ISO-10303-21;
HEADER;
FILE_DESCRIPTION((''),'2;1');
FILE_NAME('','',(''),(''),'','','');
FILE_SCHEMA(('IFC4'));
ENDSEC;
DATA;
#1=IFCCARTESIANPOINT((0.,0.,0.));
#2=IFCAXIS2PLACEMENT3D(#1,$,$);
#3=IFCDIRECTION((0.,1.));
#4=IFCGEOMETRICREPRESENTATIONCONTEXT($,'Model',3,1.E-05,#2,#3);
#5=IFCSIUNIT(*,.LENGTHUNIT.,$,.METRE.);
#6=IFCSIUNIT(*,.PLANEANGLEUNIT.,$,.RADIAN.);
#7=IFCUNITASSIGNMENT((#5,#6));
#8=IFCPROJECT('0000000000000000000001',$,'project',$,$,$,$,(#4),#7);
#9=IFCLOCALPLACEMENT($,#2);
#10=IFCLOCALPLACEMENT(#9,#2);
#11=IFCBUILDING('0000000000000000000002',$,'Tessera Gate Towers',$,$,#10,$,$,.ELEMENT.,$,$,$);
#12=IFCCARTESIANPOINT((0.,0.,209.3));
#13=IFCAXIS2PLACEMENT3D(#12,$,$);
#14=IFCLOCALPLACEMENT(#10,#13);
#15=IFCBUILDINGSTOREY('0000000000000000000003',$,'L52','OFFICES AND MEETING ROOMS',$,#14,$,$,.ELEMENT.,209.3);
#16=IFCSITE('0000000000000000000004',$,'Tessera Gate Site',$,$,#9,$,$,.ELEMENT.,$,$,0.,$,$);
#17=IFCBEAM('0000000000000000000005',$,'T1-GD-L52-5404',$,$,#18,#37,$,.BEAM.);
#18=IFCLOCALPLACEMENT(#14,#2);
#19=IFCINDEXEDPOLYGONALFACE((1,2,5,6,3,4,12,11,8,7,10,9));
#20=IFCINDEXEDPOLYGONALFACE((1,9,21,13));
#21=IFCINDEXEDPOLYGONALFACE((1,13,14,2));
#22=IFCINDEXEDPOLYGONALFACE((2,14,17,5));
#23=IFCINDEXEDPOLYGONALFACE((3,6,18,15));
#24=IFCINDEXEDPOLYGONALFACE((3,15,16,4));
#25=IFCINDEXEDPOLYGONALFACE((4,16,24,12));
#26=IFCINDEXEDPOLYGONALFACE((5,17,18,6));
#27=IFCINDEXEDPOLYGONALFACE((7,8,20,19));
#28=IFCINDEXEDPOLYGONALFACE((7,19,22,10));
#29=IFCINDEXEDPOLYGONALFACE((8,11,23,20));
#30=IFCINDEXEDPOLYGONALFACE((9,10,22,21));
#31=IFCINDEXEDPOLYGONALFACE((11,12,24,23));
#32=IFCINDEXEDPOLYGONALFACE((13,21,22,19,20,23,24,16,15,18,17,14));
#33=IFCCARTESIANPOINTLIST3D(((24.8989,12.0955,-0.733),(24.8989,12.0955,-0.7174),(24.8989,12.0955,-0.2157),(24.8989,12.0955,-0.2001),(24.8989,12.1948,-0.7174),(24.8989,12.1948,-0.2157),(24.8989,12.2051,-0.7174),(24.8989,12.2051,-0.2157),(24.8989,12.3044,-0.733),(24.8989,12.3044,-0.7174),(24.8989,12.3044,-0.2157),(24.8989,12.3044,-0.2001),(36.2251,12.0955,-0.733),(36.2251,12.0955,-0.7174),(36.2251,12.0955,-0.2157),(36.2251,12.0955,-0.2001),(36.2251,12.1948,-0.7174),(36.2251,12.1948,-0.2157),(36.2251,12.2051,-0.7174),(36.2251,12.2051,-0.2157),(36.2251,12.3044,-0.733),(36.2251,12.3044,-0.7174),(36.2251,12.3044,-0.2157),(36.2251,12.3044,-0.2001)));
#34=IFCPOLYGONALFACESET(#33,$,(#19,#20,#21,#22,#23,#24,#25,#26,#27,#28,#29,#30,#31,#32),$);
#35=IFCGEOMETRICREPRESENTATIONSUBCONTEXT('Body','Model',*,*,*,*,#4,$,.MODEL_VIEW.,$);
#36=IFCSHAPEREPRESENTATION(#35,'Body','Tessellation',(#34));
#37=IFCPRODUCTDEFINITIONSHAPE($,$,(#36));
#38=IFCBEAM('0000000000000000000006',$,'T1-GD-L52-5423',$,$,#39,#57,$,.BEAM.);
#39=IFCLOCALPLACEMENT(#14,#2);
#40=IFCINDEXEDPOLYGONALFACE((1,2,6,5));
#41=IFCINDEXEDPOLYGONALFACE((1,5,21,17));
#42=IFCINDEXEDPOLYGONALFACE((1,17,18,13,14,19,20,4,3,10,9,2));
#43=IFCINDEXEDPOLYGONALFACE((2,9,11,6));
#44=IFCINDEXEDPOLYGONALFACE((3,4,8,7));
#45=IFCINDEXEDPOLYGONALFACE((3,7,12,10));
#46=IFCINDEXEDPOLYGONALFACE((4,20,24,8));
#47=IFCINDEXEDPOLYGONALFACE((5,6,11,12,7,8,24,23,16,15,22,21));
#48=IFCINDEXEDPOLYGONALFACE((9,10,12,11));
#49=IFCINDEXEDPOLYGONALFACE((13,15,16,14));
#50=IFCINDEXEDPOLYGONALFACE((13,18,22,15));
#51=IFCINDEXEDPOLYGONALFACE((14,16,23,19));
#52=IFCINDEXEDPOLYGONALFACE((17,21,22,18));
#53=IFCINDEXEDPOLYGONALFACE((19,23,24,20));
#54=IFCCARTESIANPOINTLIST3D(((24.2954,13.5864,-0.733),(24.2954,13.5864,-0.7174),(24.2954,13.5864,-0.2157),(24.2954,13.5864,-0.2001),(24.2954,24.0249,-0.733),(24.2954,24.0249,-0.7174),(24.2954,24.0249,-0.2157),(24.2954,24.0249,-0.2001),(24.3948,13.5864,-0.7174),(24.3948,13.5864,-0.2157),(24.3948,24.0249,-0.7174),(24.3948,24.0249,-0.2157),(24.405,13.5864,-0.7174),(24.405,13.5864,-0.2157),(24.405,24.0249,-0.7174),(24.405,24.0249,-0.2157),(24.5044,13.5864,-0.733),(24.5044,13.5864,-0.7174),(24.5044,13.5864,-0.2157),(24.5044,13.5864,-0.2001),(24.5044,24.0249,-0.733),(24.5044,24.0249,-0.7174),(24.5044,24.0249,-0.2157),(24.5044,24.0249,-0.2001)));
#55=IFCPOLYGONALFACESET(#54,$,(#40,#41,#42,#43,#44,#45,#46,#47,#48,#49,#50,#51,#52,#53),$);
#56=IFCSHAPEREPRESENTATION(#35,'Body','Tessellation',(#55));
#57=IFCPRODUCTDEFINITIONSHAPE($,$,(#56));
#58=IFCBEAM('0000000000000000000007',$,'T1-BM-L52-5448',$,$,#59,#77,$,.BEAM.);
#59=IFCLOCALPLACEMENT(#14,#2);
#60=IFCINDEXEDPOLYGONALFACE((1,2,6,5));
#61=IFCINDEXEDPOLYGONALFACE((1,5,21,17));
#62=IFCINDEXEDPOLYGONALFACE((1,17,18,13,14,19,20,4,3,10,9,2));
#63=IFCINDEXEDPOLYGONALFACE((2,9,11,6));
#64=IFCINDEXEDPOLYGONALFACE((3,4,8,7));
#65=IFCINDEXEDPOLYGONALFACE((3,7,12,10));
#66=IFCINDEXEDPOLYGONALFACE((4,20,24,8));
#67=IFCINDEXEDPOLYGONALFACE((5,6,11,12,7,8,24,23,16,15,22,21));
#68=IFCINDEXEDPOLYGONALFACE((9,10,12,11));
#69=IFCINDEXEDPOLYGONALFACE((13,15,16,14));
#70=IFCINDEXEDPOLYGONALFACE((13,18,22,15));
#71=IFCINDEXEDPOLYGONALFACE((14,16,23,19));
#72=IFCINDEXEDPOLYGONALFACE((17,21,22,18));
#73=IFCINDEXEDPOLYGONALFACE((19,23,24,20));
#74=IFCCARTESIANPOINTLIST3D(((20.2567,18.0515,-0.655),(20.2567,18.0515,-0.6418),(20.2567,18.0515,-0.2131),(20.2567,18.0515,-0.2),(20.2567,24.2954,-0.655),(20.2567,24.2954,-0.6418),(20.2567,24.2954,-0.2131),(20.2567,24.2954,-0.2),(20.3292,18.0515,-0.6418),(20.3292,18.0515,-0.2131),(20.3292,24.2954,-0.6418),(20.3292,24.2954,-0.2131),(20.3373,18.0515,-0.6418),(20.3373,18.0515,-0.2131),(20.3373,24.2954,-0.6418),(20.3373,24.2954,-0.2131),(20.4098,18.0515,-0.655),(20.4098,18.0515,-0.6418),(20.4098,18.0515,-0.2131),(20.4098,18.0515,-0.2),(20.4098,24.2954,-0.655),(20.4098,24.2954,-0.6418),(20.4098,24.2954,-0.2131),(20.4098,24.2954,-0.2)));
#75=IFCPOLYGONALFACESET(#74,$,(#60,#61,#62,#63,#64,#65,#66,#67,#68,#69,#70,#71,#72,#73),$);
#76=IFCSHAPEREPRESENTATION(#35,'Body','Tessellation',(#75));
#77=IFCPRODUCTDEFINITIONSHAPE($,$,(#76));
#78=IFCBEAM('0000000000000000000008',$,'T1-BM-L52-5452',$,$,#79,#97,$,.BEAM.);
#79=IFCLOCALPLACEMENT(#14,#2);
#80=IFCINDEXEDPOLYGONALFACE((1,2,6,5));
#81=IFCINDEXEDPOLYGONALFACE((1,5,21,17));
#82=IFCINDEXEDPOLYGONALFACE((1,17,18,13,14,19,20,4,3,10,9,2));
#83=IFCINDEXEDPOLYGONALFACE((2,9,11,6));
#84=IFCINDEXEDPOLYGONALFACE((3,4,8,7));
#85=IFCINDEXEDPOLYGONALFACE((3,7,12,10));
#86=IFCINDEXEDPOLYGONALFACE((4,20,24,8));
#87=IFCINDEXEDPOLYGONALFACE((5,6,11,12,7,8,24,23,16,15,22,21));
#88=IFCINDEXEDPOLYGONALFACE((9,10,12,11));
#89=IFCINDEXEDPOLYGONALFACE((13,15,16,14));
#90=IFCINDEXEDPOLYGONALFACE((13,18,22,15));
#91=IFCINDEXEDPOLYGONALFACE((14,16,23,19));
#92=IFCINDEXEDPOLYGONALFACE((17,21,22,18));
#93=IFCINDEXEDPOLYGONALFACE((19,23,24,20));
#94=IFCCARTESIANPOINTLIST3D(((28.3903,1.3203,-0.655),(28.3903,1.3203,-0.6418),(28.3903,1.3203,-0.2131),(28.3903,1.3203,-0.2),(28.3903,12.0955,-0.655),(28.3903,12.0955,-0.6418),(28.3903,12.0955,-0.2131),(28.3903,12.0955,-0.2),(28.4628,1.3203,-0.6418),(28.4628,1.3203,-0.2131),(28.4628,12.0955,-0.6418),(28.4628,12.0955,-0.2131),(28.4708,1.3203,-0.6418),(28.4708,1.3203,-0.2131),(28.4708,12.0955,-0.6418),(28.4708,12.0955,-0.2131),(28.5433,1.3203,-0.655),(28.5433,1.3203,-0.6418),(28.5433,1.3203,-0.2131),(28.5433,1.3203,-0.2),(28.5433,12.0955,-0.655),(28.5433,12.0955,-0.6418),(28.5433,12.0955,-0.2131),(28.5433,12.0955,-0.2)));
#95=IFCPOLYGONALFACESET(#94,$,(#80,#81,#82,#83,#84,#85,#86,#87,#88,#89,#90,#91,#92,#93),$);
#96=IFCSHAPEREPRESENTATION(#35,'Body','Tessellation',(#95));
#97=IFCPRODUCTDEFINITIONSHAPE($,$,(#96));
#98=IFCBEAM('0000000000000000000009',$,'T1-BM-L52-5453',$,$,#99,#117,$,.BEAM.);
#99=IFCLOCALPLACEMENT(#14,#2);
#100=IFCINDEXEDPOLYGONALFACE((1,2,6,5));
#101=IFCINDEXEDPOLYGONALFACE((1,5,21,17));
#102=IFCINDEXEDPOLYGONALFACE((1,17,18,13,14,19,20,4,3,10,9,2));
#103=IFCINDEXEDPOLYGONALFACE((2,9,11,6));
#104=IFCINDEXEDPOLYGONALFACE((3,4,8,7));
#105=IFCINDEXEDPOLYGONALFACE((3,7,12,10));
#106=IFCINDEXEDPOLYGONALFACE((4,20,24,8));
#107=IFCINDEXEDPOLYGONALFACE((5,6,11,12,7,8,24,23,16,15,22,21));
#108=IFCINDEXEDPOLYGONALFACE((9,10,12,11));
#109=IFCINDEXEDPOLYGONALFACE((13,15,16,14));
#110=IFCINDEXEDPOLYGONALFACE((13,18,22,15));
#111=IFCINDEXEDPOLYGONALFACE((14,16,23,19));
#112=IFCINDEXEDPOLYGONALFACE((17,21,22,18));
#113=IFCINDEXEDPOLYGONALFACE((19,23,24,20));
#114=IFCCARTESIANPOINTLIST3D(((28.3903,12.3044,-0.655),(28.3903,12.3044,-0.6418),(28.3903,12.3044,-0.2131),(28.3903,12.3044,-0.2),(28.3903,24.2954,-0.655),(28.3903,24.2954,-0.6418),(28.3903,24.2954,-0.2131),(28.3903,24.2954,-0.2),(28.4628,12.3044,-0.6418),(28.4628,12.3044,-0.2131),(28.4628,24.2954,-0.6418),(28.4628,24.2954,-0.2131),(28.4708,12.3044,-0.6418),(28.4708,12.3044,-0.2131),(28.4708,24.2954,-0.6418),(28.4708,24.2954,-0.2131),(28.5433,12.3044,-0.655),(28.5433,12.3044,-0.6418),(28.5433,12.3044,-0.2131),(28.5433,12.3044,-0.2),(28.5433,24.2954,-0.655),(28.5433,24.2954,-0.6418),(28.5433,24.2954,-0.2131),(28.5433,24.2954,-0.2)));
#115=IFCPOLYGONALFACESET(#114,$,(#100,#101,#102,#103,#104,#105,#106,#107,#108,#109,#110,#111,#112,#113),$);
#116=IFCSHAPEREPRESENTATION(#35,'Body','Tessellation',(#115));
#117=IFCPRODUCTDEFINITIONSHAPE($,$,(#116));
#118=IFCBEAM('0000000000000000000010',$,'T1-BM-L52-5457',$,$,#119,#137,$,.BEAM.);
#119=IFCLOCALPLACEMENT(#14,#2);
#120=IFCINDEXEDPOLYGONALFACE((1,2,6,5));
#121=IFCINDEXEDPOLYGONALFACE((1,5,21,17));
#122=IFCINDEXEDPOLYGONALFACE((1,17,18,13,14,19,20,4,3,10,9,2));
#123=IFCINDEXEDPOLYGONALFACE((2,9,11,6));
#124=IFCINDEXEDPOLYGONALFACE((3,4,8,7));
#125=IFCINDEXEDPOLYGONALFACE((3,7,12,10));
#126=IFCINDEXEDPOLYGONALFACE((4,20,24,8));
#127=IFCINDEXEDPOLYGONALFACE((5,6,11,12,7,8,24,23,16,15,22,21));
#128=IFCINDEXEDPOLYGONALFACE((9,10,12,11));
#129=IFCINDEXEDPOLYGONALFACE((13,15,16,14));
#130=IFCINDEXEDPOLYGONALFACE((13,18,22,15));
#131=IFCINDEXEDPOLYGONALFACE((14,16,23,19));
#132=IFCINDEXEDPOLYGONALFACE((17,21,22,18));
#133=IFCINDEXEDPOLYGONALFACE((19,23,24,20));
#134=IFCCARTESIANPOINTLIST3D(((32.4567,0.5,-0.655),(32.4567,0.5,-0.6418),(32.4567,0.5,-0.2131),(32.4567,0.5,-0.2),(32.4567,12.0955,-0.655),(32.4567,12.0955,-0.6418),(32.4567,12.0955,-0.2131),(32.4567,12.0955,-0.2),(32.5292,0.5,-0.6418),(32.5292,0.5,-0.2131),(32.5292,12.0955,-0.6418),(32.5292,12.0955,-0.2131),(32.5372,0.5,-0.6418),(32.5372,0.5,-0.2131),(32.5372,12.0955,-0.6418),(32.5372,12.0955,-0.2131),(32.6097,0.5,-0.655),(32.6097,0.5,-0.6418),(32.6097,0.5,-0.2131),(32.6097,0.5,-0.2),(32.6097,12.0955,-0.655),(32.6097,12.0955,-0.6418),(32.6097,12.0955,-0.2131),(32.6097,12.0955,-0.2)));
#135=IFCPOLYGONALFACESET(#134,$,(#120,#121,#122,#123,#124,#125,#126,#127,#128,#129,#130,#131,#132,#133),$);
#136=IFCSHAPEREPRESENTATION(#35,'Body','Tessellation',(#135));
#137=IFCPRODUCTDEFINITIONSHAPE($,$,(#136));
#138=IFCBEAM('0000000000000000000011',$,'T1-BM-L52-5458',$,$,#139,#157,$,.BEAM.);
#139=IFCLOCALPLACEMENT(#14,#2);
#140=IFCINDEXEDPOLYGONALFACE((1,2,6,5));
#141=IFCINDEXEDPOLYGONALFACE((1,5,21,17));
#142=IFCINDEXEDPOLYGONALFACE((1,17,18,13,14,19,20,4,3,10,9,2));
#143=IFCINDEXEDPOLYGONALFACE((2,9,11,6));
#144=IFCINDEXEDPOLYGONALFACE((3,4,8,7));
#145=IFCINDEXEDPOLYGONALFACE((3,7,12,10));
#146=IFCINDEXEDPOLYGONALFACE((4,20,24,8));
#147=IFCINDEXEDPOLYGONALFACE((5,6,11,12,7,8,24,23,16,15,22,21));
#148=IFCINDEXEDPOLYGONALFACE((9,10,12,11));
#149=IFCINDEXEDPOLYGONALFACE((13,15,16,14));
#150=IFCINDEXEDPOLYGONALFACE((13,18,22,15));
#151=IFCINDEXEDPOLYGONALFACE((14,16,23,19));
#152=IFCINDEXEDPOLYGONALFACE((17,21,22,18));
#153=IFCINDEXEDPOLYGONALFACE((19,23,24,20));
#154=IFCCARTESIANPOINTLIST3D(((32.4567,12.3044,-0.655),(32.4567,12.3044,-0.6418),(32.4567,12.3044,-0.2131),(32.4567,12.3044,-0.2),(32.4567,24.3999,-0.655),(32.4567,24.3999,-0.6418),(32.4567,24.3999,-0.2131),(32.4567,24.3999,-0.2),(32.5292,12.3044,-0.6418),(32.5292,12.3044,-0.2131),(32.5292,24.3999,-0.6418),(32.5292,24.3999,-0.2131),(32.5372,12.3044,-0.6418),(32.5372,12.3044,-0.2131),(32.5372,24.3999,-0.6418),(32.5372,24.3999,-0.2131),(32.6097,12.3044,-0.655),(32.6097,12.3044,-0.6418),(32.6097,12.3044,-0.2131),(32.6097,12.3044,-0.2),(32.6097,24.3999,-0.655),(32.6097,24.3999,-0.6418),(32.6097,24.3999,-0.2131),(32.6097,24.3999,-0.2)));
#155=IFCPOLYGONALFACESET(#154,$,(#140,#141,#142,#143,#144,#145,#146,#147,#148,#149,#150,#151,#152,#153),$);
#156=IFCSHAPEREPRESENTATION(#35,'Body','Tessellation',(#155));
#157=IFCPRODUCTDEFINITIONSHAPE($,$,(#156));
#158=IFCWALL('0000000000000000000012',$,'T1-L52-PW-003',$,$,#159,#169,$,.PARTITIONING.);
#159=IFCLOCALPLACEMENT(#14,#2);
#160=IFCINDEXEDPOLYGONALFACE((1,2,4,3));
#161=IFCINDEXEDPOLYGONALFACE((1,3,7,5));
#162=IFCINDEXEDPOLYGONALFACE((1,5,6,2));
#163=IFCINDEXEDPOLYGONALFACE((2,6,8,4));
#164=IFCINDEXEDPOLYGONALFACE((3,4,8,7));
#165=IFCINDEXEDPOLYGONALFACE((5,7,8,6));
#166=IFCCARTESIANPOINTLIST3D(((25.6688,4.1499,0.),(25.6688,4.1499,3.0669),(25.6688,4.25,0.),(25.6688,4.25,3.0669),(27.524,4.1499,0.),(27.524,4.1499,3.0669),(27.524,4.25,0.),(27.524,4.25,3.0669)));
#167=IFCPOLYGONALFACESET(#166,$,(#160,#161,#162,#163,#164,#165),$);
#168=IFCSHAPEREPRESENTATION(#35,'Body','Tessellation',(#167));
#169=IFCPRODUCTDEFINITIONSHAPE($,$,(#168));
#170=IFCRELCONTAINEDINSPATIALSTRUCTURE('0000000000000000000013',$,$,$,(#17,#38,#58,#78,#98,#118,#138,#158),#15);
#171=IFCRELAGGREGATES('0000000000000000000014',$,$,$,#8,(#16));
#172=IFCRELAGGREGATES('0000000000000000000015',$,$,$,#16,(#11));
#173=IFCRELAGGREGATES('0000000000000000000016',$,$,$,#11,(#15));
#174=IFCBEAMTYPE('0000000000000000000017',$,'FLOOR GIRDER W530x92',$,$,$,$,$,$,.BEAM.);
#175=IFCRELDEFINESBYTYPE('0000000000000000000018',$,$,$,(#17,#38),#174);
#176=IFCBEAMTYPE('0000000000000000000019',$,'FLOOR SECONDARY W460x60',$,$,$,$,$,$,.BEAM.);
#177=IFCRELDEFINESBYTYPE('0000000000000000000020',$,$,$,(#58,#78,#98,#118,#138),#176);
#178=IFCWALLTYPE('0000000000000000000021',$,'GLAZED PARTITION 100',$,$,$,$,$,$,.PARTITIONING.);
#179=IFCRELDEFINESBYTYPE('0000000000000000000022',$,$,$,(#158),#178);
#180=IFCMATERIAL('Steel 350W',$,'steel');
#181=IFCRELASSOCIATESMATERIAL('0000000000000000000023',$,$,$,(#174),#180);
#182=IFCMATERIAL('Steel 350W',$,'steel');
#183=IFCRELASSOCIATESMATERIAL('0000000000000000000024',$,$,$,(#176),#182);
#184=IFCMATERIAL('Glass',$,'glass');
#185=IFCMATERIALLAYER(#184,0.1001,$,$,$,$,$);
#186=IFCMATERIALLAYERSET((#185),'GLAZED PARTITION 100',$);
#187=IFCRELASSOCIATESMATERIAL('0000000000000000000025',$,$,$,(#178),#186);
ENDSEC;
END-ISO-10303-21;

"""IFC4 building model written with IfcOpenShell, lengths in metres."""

from ifc_helpers import new_model, si_unit, direction, frame, frame_2d, origin, origin_2d, place, context, subcontext, project, spatial, rectangle, i_section, extrude, material, layer, layer_set, material_profile, profile_set, type_object, element, save


model = new_model("IFC4")

# Units and contexts
model_context = context("Model", 3, precision=1e-05, world=origin(), true_north=direction((0.0, 1.0)))
body_context = subcontext(model_context, "Body", "Model", "MODEL_VIEW")
ifc_project = project(units=[si_unit("LENGTHUNIT", "METRE"), si_unit("PLANEANGLEUNIT", "RADIAN")], contexts=[model_context])

# Site, building, storey
site_placement = place(None, origin())
site = spatial("IfcSite", under=ifc_project, at=site_placement, Name="Tessera Gate Site", CompositionType="ELEMENT", RefElevation=0.0)
building_placement = place(site_placement, origin())
building = spatial("IfcBuilding", under=site, at=building_placement, Name="Tessera Gate Towers", CompositionType="ELEMENT")
storey_placement = place(building_placement, frame((0.0, 0.0, 209.3)))
storey = spatial("IfcBuildingStorey", under=building, at=storey_placement, Name="L52", Description="OFFICES AND MEETING ROOMS", CompositionType="ELEMENT", Elevation=209.3)

# Beams
ifc_material_1 = material(Name="Steel 350W", Category="steel")
ifc_material_profile_1 = material_profile(ifc_material_1, i_section(OverallWidth=0.209, OverallDepth=0.533, WebThickness=0.0103, FlangeThickness=0.0156, at=origin_2d()), Name="W530x92")
ifc_profile_set_1 = profile_set([ifc_material_profile_1], Name="Steel 350W")
beam_type_1 = type_object("IfcBeamType", Name="FLOOR GIRDER W530x92", PredefinedType="BEAM", material=ifc_profile_set_1)
beam_1_placement = place(storey_placement, frame((24.8989, 12.2, -0.4666), z_axis=(1.0, 0.0, 0.0), x_axis=(0.0, 1.0, 0.0)))
element("IfcBeam", 1, at=beam_1_placement, inside=storey, type_object=beam_type_1, Name="T1-GD-L52-5404", PredefinedType="BEAM", context=body_context, shape_type="SweptSolid", body=[
    extrude(i_section(OverallWidth=0.209, OverallDepth=0.533, WebThickness=0.0103, FlangeThickness=0.0156, at=origin_2d()), origin(), (0.0, 0.0, 1.0), 11.3262),
])
beam_2_placement = place(storey_placement, frame((24.3999, 13.5864, -0.4666), z_axis=(0.0, 1.0, 0.0), x_axis=(-1.0, 0.0, 0.0)))
element("IfcBeam", 2, at=beam_2_placement, inside=storey, type_object=beam_type_1, Name="T1-GD-L52-5423", PredefinedType="BEAM", context=body_context, shape_type="SweptSolid", body=[
    extrude(i_section(OverallWidth=0.209, OverallDepth=0.533, WebThickness=0.0103, FlangeThickness=0.0156, at=origin_2d()), origin(), (0.0, 0.0, 1.0), 10.4385),
])
ifc_material_2 = material(Name="Steel 350W", Category="steel")
ifc_material_profile_2 = material_profile(ifc_material_2, i_section(OverallWidth=0.1531, OverallDepth=0.4551, WebThickness=0.0081, FlangeThickness=0.0132, at=origin_2d()), Name="W460x60")
ifc_profile_set_2 = profile_set([ifc_material_profile_2], Name="Steel 350W")
beam_type_2 = type_object("IfcBeamType", Name="FLOOR SECONDARY W460x60", PredefinedType="BEAM", material=ifc_profile_set_2)
beam_3_placement = place(storey_placement, frame((20.3333, 18.0515, -0.4275), z_axis=(0.0, 1.0, 0.0), x_axis=(-1.0, 0.0, 0.0)))
element("IfcBeam", 3, at=beam_3_placement, inside=storey, type_object=beam_type_2, Name="T1-BM-L52-5448", PredefinedType="BEAM", context=body_context, shape_type="SweptSolid", body=[
    extrude(i_section(OverallWidth=0.1531, OverallDepth=0.4551, WebThickness=0.0081, FlangeThickness=0.0132, at=origin_2d()), origin(), (0.0, 0.0, 1.0), 6.2439),
])
beam_4_placement = place(storey_placement, frame((28.4668, 1.3203, -0.4275), z_axis=(0.0, 1.0, 0.0), x_axis=(-1.0, 0.0, 0.0)))
element("IfcBeam", 4, at=beam_4_placement, inside=storey, type_object=beam_type_2, Name="T1-BM-L52-5452", PredefinedType="BEAM", context=body_context, shape_type="SweptSolid", body=[
    extrude(i_section(OverallWidth=0.1531, OverallDepth=0.4551, WebThickness=0.0081, FlangeThickness=0.0132, at=origin_2d()), origin(), (0.0, 0.0, 1.0), 10.7751),
])
beam_5_placement = place(storey_placement, frame((28.4668, 12.3044, -0.4275), z_axis=(0.0, 1.0, 0.0), x_axis=(-1.0, 0.0, 0.0)))
element("IfcBeam", 5, at=beam_5_placement, inside=storey, type_object=beam_type_2, Name="T1-BM-L52-5453", PredefinedType="BEAM", context=body_context, shape_type="SweptSolid", body=[
    extrude(i_section(OverallWidth=0.1531, OverallDepth=0.4551, WebThickness=0.0081, FlangeThickness=0.0132, at=origin_2d()), origin(), (0.0, 0.0, 1.0), 11.991),
])
beam_6_placement = place(storey_placement, frame((32.5332, 0.5, -0.4275), z_axis=(0.0, 1.0, 0.0), x_axis=(-1.0, 0.0, 0.0)))
element("IfcBeam", 6, at=beam_6_placement, inside=storey, type_object=beam_type_2, Name="T1-BM-L52-5457", PredefinedType="BEAM", context=body_context, shape_type="SweptSolid", body=[
    extrude(i_section(OverallWidth=0.1531, OverallDepth=0.4551, WebThickness=0.0081, FlangeThickness=0.0132, at=origin_2d()), origin(), (0.0, 0.0, 1.0), 11.5955),
])
beam_7_placement = place(storey_placement, frame((32.5332, 12.3044, -0.4275), z_axis=(0.0, 1.0, 0.0), x_axis=(-1.0, 0.0, 0.0)))
element("IfcBeam", 7, at=beam_7_placement, inside=storey, type_object=beam_type_2, Name="T1-BM-L52-5458", PredefinedType="BEAM", context=body_context, shape_type="SweptSolid", body=[
    extrude(i_section(OverallWidth=0.1531, OverallDepth=0.4551, WebThickness=0.0081, FlangeThickness=0.0132, at=origin_2d()), origin(), (0.0, 0.0, 1.0), 12.0955),
])

# Wall
ifc_material_3 = material(Name="Glass", Category="glass")
ifc_layer_1 = layer(ifc_material_3, 0.1001)
ifc_layer_set_1 = layer_set([ifc_layer_1], Name="GLAZED PARTITION 100")
wall_type_1 = type_object("IfcWallType", Name="GLAZED PARTITION 100", PredefinedType="PARTITIONING", material=ifc_layer_set_1)
wall_1_placement = place(storey_placement, frame((25.6687, 4.2, 0.0), z_axis=(0.0, 0.0, 1.0), x_axis=(1.0, 0.0, 0.0)))
element("IfcWall", 8, at=wall_1_placement, inside=storey, type_object=wall_type_1, Name="T1-L52-PW-003", PredefinedType="PARTITIONING", context=body_context, shape_type="SweptSolid", body=[
    extrude(rectangle(XDim=1.8552, YDim=0.1001, at=frame_2d((0.9277, 0.0))), origin(), (0.0, 0.0, 1.0), 3.0669),
])

save(model, "model.ifc")
